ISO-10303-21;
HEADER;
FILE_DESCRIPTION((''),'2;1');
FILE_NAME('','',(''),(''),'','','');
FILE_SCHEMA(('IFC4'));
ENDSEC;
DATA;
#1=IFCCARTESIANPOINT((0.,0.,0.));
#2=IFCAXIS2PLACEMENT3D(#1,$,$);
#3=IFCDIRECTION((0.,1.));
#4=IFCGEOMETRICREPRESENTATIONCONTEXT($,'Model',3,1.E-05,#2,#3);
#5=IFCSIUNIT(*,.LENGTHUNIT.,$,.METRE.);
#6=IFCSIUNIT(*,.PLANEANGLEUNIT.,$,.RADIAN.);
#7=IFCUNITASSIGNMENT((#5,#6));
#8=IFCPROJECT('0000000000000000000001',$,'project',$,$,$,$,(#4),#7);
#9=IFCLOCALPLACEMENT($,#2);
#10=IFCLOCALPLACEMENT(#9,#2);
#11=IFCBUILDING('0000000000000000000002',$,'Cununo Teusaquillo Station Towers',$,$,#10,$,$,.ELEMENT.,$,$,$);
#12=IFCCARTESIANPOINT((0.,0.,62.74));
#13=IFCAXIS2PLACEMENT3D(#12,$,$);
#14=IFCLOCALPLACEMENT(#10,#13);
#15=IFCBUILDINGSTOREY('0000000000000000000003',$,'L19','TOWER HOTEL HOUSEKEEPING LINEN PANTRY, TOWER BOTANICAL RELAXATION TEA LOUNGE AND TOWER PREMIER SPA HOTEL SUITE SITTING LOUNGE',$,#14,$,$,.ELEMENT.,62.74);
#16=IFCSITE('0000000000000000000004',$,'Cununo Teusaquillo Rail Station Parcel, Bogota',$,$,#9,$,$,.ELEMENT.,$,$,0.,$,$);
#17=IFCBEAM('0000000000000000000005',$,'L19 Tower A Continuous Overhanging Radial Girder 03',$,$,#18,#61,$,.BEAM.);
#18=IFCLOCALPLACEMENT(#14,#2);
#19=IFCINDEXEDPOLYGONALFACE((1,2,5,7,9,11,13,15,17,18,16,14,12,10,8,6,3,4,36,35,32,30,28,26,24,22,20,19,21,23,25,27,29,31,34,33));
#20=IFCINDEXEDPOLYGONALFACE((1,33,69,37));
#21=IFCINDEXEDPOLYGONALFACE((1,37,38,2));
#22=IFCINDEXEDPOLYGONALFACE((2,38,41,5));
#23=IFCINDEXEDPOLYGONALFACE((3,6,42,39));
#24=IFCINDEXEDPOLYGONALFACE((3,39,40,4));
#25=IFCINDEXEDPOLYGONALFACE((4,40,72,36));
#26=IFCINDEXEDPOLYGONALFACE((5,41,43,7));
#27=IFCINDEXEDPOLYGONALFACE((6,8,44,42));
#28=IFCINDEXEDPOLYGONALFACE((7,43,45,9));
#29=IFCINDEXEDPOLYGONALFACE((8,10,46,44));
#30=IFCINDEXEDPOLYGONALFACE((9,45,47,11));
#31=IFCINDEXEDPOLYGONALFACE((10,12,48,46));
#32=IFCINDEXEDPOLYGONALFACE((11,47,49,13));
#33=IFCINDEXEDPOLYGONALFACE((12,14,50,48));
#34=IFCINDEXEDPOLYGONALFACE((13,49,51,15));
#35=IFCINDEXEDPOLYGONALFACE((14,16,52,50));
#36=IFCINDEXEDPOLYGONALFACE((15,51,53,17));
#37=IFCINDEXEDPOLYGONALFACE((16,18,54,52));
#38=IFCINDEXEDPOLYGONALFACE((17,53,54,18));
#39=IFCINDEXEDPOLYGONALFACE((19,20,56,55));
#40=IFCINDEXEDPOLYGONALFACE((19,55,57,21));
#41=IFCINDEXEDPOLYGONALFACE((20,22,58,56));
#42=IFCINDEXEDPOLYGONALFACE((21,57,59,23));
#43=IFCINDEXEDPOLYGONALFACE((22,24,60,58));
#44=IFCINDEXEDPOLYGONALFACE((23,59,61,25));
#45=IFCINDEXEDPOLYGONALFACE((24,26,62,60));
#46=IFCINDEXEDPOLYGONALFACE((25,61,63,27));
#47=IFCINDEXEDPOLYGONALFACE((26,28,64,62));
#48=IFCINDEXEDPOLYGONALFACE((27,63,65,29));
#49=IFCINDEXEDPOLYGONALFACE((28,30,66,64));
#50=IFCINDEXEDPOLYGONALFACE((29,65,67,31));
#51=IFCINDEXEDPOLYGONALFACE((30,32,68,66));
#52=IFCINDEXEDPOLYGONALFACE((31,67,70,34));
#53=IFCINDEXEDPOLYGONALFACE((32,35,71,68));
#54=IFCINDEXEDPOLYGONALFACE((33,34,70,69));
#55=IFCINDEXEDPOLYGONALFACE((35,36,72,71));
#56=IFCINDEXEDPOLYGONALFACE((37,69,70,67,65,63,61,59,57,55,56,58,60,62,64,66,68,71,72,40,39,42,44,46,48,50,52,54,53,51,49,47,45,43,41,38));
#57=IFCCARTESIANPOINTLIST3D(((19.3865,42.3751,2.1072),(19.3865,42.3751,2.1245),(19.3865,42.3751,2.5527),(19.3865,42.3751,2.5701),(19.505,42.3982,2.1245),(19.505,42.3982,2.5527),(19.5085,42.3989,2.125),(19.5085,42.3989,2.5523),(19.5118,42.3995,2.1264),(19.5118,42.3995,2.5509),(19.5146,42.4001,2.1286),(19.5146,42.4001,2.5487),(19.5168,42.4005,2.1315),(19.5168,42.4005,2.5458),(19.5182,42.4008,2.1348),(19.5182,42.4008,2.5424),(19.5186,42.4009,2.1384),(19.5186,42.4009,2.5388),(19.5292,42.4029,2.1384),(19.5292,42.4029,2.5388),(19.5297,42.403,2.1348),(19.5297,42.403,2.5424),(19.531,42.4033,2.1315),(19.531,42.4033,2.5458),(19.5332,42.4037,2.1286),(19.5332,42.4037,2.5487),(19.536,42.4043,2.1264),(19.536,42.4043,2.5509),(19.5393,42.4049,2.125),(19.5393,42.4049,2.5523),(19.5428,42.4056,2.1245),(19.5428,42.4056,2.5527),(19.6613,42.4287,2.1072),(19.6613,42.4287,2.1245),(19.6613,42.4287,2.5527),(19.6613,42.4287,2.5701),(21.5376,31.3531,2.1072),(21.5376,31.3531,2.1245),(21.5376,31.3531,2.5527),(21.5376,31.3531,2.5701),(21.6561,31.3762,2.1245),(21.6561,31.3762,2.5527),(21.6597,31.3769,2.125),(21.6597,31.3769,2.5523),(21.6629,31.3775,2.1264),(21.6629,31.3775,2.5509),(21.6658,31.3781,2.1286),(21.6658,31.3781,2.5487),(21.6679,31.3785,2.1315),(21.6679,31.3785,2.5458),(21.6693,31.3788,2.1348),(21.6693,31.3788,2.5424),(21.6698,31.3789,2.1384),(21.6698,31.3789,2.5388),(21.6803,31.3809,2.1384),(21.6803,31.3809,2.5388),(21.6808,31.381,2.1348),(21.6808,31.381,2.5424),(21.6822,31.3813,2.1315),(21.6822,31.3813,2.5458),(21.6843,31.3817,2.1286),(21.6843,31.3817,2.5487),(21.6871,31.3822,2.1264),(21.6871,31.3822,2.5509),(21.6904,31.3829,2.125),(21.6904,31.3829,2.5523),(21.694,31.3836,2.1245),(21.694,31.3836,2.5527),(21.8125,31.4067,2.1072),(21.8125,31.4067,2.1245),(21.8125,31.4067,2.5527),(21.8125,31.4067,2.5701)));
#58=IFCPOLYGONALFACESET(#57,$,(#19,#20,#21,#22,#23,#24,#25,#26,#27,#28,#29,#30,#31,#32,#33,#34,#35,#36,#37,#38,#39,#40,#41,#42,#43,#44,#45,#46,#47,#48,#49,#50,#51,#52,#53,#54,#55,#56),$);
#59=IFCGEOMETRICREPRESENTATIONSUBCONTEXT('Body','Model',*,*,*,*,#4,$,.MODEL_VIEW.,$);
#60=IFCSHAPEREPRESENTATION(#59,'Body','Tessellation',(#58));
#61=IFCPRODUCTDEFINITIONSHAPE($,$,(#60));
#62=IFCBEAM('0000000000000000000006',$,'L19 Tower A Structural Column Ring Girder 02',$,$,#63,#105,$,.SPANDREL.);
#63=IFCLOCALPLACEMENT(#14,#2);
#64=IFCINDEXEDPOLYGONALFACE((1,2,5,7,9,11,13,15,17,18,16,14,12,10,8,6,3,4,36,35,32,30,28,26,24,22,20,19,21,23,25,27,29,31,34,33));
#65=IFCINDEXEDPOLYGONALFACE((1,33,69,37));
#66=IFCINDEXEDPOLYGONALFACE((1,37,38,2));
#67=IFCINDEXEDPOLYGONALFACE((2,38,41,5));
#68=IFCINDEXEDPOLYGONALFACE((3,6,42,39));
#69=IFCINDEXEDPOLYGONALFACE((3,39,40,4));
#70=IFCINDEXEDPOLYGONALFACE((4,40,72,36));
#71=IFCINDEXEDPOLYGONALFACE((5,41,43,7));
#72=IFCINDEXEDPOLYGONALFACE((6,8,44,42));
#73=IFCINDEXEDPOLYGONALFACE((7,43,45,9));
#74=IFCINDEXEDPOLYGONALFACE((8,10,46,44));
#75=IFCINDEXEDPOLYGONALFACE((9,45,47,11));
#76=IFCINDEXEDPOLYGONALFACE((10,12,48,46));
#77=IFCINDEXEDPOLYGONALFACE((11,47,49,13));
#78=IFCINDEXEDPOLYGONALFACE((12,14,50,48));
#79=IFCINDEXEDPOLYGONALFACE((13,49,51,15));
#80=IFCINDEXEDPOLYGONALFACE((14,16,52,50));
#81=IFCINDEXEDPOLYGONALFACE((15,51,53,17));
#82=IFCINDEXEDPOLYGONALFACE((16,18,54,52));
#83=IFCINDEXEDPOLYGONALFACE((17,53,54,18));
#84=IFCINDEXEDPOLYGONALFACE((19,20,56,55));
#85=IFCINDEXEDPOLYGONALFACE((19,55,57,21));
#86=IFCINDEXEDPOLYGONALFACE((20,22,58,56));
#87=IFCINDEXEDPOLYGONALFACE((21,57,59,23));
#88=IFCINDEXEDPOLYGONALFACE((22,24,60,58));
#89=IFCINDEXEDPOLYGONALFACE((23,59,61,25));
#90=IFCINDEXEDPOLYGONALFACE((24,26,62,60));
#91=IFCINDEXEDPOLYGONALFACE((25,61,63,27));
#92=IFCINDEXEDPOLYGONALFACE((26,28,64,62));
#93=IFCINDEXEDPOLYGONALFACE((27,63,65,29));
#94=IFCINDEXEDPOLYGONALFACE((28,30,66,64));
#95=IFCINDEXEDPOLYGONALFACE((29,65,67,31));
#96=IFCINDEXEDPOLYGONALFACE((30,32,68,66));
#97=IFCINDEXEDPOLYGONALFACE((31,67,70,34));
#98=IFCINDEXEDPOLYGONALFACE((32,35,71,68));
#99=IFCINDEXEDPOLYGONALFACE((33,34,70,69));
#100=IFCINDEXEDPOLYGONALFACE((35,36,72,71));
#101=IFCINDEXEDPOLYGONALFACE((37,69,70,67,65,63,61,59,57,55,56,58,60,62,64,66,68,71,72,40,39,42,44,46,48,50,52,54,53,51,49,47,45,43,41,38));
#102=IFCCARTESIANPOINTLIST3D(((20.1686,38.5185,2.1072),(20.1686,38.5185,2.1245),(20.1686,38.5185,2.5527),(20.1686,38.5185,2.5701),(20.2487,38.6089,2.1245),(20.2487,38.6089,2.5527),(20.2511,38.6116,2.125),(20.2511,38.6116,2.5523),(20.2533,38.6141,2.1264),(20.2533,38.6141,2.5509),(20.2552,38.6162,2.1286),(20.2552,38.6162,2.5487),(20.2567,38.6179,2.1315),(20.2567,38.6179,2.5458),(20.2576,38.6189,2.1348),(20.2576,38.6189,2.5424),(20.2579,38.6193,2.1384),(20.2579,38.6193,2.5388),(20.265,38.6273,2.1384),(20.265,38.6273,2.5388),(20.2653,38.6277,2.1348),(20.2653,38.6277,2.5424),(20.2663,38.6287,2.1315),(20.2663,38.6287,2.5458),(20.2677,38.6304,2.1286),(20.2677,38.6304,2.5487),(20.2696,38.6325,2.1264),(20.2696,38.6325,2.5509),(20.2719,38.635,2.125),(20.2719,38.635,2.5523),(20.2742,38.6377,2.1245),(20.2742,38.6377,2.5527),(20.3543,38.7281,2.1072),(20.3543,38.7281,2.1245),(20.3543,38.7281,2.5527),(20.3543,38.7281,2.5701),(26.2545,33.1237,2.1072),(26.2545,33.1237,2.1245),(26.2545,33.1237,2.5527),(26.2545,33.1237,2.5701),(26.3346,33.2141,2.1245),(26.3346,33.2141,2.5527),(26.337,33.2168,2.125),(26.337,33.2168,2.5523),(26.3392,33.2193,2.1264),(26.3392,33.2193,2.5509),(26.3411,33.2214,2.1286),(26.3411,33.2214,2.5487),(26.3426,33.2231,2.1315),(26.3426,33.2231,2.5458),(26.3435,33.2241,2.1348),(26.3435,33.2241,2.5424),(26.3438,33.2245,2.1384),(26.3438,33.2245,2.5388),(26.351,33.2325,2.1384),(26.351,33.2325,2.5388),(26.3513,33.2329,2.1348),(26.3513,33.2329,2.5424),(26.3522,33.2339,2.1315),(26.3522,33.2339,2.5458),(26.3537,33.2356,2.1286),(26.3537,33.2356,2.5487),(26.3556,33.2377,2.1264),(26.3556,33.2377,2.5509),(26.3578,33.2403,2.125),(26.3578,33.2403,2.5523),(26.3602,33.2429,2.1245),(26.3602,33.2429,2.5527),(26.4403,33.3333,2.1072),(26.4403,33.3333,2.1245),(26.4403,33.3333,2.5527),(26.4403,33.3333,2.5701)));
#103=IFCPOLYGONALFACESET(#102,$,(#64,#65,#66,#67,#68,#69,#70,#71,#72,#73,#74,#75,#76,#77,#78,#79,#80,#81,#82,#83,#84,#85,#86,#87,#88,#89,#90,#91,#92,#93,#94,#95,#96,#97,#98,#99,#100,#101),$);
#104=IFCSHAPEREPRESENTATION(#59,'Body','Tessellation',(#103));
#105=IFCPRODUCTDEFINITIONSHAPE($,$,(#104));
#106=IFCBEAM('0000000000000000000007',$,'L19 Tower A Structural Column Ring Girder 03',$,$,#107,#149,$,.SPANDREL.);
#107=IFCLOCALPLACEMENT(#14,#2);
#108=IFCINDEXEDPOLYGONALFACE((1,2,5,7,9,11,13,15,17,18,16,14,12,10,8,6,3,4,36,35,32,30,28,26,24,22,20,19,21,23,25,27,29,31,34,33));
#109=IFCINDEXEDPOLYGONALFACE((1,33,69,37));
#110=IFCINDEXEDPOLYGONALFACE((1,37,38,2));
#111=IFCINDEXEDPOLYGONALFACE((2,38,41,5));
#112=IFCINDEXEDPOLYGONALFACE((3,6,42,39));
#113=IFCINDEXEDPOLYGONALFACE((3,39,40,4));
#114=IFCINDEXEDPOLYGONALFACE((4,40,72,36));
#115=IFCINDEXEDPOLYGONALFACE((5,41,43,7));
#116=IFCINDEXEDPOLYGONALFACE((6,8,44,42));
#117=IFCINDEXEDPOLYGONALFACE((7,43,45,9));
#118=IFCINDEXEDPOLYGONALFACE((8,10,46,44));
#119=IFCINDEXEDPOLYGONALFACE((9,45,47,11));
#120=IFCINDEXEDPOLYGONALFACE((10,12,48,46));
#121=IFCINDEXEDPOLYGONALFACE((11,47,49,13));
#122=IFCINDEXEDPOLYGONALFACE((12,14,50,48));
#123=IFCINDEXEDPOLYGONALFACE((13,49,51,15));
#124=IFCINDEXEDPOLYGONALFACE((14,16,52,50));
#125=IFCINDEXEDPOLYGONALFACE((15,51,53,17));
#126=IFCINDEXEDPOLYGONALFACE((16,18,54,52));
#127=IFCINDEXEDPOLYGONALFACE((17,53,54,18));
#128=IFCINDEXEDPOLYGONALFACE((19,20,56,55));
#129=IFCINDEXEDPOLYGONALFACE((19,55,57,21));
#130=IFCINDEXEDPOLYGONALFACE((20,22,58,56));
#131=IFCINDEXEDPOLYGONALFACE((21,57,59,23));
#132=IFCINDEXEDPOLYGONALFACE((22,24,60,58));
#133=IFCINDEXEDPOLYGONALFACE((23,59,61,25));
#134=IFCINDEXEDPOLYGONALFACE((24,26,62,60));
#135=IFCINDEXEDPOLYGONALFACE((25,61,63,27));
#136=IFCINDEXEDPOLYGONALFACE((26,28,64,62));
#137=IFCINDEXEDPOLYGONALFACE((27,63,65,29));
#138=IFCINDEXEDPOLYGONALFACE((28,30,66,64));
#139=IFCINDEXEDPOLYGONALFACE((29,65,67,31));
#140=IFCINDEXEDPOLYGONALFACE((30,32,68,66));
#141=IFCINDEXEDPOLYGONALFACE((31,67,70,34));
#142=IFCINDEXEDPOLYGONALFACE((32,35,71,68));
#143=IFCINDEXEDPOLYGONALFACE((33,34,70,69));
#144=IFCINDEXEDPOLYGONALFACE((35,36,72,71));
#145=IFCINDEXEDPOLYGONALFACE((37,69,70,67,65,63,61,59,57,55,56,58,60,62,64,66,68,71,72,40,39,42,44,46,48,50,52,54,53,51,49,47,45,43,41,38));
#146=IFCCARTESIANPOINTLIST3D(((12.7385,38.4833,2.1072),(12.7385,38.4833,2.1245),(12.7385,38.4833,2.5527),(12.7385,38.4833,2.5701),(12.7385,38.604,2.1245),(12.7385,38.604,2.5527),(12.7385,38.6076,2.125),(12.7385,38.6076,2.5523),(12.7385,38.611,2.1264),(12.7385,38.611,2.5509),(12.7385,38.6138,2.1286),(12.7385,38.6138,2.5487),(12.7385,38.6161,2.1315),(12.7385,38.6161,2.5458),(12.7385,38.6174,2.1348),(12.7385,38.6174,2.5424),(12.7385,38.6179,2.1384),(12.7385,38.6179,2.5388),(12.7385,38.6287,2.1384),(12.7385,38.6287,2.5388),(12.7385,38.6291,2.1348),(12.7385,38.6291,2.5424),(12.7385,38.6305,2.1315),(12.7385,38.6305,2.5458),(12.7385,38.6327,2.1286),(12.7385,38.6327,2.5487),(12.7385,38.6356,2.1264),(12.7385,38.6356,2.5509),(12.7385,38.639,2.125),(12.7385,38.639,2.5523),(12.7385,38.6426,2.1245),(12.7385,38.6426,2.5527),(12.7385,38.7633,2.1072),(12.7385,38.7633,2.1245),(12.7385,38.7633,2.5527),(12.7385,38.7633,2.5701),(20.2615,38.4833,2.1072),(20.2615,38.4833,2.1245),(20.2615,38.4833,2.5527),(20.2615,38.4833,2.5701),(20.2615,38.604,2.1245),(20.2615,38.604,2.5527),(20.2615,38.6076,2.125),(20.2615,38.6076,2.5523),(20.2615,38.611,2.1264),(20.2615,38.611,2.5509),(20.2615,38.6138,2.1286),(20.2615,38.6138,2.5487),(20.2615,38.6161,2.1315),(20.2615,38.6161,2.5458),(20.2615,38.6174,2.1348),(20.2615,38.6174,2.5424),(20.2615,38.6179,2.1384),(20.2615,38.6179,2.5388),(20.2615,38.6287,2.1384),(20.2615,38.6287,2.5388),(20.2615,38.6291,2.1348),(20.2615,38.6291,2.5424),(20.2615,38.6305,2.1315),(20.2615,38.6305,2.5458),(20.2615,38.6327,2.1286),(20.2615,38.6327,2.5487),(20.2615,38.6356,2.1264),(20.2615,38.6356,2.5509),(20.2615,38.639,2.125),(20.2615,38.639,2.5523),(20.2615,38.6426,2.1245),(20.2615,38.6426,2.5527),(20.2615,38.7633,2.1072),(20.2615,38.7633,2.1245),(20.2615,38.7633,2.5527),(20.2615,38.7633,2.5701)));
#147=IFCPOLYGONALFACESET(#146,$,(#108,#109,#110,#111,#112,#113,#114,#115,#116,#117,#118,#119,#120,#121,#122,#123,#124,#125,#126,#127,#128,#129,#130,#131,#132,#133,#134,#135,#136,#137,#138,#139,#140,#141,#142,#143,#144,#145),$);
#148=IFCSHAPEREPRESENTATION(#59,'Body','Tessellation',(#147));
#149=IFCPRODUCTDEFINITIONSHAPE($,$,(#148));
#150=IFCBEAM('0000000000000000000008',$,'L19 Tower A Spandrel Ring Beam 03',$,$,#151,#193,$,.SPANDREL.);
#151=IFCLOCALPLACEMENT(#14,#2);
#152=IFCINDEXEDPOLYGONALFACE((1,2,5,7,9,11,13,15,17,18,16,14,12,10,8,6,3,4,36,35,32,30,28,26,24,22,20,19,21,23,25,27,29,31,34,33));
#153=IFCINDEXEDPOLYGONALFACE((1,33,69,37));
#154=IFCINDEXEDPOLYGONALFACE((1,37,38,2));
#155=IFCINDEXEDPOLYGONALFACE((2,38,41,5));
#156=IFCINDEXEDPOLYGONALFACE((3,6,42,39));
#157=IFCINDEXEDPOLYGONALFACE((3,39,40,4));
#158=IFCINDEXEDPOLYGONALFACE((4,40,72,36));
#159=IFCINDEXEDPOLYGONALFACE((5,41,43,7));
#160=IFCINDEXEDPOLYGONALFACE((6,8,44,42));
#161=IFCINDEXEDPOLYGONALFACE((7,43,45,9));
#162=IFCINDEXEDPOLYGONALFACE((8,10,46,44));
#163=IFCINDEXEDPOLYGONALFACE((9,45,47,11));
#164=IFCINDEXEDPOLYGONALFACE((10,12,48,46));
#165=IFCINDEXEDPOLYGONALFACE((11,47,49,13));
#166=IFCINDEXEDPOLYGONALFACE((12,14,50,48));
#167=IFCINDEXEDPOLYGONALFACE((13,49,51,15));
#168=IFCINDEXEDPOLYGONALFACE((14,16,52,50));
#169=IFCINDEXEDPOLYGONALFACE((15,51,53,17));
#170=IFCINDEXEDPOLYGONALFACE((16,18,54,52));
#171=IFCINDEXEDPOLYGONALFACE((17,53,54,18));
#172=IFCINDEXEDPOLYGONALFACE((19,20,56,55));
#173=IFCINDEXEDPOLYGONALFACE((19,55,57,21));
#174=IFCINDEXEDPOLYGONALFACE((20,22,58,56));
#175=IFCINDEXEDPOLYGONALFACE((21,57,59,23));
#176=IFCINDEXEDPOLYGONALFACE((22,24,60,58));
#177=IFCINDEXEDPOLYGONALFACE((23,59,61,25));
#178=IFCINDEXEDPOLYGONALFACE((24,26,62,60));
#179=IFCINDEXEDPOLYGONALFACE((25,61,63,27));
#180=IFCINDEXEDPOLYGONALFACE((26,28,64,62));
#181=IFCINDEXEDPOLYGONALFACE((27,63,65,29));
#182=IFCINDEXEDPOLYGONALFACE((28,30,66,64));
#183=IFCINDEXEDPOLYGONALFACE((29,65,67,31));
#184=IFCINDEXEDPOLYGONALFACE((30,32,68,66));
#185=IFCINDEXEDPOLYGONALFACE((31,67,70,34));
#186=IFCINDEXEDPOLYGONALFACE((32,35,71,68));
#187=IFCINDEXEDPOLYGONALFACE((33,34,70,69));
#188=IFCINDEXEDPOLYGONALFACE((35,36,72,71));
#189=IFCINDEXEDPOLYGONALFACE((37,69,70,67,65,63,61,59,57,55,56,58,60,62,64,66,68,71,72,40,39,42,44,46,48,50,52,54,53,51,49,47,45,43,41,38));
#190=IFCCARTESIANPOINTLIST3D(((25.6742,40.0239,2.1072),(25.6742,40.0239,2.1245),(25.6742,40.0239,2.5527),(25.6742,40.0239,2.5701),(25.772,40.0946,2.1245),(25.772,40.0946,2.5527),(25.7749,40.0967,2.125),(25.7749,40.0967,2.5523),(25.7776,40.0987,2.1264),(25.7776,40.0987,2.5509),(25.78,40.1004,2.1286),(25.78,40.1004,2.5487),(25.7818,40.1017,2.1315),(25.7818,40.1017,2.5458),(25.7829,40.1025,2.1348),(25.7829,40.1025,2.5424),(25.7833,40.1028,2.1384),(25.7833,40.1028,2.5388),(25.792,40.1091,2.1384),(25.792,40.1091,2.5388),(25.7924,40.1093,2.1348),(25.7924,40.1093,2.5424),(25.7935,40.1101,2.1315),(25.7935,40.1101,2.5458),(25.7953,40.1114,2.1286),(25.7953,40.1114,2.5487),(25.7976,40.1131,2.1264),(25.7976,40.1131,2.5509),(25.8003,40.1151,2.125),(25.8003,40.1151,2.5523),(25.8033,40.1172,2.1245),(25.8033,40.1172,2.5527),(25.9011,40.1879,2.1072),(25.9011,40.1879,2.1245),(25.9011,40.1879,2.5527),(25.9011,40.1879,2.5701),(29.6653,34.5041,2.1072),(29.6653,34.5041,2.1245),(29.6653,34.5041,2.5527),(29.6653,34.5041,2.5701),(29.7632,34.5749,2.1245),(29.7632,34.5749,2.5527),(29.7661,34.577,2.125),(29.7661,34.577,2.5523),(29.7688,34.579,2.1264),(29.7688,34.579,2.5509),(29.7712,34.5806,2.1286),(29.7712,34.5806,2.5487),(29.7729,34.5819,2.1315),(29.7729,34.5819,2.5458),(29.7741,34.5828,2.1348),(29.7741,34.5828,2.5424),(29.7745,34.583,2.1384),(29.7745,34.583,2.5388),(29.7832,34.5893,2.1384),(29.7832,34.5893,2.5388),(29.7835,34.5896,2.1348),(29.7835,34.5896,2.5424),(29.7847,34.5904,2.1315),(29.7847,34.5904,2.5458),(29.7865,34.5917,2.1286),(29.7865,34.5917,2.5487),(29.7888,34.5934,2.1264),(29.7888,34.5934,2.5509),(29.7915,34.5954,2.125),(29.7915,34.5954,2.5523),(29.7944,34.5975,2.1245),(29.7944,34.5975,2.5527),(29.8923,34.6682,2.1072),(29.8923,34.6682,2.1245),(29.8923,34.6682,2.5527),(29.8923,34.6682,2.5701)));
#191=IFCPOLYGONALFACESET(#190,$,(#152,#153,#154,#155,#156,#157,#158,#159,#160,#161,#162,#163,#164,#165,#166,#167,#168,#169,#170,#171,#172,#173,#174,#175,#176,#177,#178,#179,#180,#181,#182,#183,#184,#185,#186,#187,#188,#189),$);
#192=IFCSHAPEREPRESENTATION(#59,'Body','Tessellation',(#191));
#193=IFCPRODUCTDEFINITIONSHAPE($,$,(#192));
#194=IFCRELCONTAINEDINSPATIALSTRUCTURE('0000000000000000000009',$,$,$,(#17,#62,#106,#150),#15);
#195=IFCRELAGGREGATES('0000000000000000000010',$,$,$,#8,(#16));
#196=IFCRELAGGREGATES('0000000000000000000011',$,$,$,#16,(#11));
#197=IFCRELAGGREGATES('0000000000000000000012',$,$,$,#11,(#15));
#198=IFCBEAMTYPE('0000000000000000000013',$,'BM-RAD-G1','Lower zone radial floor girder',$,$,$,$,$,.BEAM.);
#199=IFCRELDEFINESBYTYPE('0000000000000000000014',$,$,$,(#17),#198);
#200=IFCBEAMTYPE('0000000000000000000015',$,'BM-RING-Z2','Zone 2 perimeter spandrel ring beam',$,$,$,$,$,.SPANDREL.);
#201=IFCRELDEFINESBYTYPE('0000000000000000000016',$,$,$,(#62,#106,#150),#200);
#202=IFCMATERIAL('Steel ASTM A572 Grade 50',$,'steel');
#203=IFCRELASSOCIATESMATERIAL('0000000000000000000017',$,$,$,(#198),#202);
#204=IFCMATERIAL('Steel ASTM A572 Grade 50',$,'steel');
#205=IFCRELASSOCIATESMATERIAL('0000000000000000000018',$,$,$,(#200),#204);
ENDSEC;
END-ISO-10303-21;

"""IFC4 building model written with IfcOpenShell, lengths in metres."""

from ifc_helpers import new_model, si_unit, direction, frame, origin, origin_2d, place, context, subcontext, project, spatial, i_section, extrude, material, material_profile, profile_set, type_object, element, save


model = new_model("IFC4")

# Units and contexts
model_context = context("Model", 3, precision=1e-05, world=origin(), true_north=direction((0.0, 1.0)))
body_context = subcontext(model_context, "Body", "Model", "MODEL_VIEW")
ifc_project = project(units=[si_unit("LENGTHUNIT", "METRE"), si_unit("PLANEANGLEUNIT", "RADIAN")], contexts=[model_context])

# Site, building, storey
site_placement = place(None, origin())
site = spatial("IfcSite", under=ifc_project, at=site_placement, Name="Cununo Teusaquillo Rail Station Parcel, Bogota", CompositionType="ELEMENT", RefElevation=0.0)
building_placement = place(site_placement, origin())
building = spatial("IfcBuilding", under=site, at=building_placement, Name="Cununo Teusaquillo Station Towers", CompositionType="ELEMENT")
storey_placement = place(building_placement, frame((0.0, 0.0, 62.74)))
storey = spatial("IfcBuildingStorey", under=building, at=storey_placement, Name="L19", Description="TOWER HOTEL HOUSEKEEPING LINEN PANTRY, TOWER BOTANICAL RELAXATION TEA LOUNGE AND TOWER PREMIER SPA HOTEL SUITE SITTING LOUNGE", CompositionType="ELEMENT", Elevation=62.74)

# Beams
ifc_material_1 = material(Name="Steel ASTM A572 Grade 50", Category="steel")
ifc_material_profile_1 = material_profile(ifc_material_1, i_section(OverallWidth=0.28, OverallDepth=0.4629, WebThickness=0.0107, FlangeThickness=0.0173, FilletRadius=0.0139, at=origin_2d()), Name="W18X76")
ifc_profile_set_1 = profile_set([ifc_material_profile_1], Name="Steel ASTM A572 Grade 50")
beam_type_1 = type_object("IfcBeamType", Name="BM-RAD-G1", Description="Lower zone radial floor girder", PredefinedType="BEAM", material=ifc_profile_set_1)
beam_1_placement = place(storey_placement, frame((21.675, 31.3799, 2.3386), z_axis=(-0.191553, 0.981482, 0.0), x_axis=(-0.981482, -0.191553, 0.0)))
element("IfcBeam", 1, at=beam_1_placement, inside=storey, type_object=beam_type_1, Name="L19 Tower A Continuous Overhanging Radial Girder 03", PredefinedType="BEAM", context=body_context, shape_type="SweptSolid", body=[
    extrude(i_section(OverallWidth=0.28, OverallDepth=0.4629, WebThickness=0.0107, FlangeThickness=0.0173, FilletRadius=0.0139, at=origin_2d()), origin(), (0.0, 0.0, 1.0), 11.23),
])
ifc_material_2 = material(Name="Steel ASTM A572 Grade 50", Category="steel")
ifc_material_profile_2 = material_profile(ifc_material_2, i_section(OverallWidth=0.28, OverallDepth=0.4629, WebThickness=0.0107, FlangeThickness=0.0173, FilletRadius=0.0139, at=origin_2d()), Name="W18X76")
ifc_profile_set_2 = profile_set([ifc_material_profile_2], Name="Steel ASTM A572 Grade 50")
beam_type_2 = type_object("IfcBeamType", Name="BM-RING-Z2", Description="Zone 2 perimeter spandrel ring beam", PredefinedType="SPANDREL", material=ifc_profile_set_2)
beam_2_placement = place(storey_placement, frame((26.3474, 33.2285, 2.3386), z_axis=(-0.748321, 0.663337, 0.0), x_axis=(-0.663337, -0.748321, 0.0)))
element("IfcBeam", 2, at=beam_2_placement, inside=storey, type_object=beam_type_2, Name="L19 Tower A Structural Column Ring Girder 02", PredefinedType="SPANDREL", context=body_context, shape_type="SweptSolid", body=[
    extrude(i_section(OverallWidth=0.28, OverallDepth=0.4629, WebThickness=0.0107, FlangeThickness=0.0173, FilletRadius=0.0139, at=origin_2d()), origin(), (0.0, 0.0, 1.0), 8.1328),
])
beam_3_placement = place(storey_placement, frame((20.2615, 38.6233, 2.3386), z_axis=(-1.0, 0.0, 0.0), x_axis=(0.0, -1.0, 0.0)))
element("IfcBeam", 3, at=beam_3_placement, inside=storey, type_object=beam_type_2, Name="L19 Tower A Structural Column Ring Girder 03", PredefinedType="SPANDREL", context=body_context, shape_type="SweptSolid", body=[
    extrude(i_section(OverallWidth=0.28, OverallDepth=0.4629, WebThickness=0.0107, FlangeThickness=0.0173, FilletRadius=0.0139, at=origin_2d()), origin(), (0.0, 0.0, 1.0), 7.5229),
])
beam_4_placement = place(storey_placement, frame((29.7788, 34.5862, 2.3386), z_axis=(-0.585945, 0.810351, 0.0), x_axis=(-0.810351, -0.585945, 0.0)))
element("IfcBeam", 4, at=beam_4_placement, inside=storey, type_object=beam_type_2, Name="L19 Tower A Spandrel Ring Beam 03", PredefinedType="SPANDREL", context=body_context, shape_type="SweptSolid", body=[
    extrude(i_section(OverallWidth=0.28, OverallDepth=0.4629, WebThickness=0.0107, FlangeThickness=0.0173, FilletRadius=0.0139, at=origin_2d()), origin(), (0.0, 0.0, 1.0), 6.8115),
])

save(model, "model.ifc")
